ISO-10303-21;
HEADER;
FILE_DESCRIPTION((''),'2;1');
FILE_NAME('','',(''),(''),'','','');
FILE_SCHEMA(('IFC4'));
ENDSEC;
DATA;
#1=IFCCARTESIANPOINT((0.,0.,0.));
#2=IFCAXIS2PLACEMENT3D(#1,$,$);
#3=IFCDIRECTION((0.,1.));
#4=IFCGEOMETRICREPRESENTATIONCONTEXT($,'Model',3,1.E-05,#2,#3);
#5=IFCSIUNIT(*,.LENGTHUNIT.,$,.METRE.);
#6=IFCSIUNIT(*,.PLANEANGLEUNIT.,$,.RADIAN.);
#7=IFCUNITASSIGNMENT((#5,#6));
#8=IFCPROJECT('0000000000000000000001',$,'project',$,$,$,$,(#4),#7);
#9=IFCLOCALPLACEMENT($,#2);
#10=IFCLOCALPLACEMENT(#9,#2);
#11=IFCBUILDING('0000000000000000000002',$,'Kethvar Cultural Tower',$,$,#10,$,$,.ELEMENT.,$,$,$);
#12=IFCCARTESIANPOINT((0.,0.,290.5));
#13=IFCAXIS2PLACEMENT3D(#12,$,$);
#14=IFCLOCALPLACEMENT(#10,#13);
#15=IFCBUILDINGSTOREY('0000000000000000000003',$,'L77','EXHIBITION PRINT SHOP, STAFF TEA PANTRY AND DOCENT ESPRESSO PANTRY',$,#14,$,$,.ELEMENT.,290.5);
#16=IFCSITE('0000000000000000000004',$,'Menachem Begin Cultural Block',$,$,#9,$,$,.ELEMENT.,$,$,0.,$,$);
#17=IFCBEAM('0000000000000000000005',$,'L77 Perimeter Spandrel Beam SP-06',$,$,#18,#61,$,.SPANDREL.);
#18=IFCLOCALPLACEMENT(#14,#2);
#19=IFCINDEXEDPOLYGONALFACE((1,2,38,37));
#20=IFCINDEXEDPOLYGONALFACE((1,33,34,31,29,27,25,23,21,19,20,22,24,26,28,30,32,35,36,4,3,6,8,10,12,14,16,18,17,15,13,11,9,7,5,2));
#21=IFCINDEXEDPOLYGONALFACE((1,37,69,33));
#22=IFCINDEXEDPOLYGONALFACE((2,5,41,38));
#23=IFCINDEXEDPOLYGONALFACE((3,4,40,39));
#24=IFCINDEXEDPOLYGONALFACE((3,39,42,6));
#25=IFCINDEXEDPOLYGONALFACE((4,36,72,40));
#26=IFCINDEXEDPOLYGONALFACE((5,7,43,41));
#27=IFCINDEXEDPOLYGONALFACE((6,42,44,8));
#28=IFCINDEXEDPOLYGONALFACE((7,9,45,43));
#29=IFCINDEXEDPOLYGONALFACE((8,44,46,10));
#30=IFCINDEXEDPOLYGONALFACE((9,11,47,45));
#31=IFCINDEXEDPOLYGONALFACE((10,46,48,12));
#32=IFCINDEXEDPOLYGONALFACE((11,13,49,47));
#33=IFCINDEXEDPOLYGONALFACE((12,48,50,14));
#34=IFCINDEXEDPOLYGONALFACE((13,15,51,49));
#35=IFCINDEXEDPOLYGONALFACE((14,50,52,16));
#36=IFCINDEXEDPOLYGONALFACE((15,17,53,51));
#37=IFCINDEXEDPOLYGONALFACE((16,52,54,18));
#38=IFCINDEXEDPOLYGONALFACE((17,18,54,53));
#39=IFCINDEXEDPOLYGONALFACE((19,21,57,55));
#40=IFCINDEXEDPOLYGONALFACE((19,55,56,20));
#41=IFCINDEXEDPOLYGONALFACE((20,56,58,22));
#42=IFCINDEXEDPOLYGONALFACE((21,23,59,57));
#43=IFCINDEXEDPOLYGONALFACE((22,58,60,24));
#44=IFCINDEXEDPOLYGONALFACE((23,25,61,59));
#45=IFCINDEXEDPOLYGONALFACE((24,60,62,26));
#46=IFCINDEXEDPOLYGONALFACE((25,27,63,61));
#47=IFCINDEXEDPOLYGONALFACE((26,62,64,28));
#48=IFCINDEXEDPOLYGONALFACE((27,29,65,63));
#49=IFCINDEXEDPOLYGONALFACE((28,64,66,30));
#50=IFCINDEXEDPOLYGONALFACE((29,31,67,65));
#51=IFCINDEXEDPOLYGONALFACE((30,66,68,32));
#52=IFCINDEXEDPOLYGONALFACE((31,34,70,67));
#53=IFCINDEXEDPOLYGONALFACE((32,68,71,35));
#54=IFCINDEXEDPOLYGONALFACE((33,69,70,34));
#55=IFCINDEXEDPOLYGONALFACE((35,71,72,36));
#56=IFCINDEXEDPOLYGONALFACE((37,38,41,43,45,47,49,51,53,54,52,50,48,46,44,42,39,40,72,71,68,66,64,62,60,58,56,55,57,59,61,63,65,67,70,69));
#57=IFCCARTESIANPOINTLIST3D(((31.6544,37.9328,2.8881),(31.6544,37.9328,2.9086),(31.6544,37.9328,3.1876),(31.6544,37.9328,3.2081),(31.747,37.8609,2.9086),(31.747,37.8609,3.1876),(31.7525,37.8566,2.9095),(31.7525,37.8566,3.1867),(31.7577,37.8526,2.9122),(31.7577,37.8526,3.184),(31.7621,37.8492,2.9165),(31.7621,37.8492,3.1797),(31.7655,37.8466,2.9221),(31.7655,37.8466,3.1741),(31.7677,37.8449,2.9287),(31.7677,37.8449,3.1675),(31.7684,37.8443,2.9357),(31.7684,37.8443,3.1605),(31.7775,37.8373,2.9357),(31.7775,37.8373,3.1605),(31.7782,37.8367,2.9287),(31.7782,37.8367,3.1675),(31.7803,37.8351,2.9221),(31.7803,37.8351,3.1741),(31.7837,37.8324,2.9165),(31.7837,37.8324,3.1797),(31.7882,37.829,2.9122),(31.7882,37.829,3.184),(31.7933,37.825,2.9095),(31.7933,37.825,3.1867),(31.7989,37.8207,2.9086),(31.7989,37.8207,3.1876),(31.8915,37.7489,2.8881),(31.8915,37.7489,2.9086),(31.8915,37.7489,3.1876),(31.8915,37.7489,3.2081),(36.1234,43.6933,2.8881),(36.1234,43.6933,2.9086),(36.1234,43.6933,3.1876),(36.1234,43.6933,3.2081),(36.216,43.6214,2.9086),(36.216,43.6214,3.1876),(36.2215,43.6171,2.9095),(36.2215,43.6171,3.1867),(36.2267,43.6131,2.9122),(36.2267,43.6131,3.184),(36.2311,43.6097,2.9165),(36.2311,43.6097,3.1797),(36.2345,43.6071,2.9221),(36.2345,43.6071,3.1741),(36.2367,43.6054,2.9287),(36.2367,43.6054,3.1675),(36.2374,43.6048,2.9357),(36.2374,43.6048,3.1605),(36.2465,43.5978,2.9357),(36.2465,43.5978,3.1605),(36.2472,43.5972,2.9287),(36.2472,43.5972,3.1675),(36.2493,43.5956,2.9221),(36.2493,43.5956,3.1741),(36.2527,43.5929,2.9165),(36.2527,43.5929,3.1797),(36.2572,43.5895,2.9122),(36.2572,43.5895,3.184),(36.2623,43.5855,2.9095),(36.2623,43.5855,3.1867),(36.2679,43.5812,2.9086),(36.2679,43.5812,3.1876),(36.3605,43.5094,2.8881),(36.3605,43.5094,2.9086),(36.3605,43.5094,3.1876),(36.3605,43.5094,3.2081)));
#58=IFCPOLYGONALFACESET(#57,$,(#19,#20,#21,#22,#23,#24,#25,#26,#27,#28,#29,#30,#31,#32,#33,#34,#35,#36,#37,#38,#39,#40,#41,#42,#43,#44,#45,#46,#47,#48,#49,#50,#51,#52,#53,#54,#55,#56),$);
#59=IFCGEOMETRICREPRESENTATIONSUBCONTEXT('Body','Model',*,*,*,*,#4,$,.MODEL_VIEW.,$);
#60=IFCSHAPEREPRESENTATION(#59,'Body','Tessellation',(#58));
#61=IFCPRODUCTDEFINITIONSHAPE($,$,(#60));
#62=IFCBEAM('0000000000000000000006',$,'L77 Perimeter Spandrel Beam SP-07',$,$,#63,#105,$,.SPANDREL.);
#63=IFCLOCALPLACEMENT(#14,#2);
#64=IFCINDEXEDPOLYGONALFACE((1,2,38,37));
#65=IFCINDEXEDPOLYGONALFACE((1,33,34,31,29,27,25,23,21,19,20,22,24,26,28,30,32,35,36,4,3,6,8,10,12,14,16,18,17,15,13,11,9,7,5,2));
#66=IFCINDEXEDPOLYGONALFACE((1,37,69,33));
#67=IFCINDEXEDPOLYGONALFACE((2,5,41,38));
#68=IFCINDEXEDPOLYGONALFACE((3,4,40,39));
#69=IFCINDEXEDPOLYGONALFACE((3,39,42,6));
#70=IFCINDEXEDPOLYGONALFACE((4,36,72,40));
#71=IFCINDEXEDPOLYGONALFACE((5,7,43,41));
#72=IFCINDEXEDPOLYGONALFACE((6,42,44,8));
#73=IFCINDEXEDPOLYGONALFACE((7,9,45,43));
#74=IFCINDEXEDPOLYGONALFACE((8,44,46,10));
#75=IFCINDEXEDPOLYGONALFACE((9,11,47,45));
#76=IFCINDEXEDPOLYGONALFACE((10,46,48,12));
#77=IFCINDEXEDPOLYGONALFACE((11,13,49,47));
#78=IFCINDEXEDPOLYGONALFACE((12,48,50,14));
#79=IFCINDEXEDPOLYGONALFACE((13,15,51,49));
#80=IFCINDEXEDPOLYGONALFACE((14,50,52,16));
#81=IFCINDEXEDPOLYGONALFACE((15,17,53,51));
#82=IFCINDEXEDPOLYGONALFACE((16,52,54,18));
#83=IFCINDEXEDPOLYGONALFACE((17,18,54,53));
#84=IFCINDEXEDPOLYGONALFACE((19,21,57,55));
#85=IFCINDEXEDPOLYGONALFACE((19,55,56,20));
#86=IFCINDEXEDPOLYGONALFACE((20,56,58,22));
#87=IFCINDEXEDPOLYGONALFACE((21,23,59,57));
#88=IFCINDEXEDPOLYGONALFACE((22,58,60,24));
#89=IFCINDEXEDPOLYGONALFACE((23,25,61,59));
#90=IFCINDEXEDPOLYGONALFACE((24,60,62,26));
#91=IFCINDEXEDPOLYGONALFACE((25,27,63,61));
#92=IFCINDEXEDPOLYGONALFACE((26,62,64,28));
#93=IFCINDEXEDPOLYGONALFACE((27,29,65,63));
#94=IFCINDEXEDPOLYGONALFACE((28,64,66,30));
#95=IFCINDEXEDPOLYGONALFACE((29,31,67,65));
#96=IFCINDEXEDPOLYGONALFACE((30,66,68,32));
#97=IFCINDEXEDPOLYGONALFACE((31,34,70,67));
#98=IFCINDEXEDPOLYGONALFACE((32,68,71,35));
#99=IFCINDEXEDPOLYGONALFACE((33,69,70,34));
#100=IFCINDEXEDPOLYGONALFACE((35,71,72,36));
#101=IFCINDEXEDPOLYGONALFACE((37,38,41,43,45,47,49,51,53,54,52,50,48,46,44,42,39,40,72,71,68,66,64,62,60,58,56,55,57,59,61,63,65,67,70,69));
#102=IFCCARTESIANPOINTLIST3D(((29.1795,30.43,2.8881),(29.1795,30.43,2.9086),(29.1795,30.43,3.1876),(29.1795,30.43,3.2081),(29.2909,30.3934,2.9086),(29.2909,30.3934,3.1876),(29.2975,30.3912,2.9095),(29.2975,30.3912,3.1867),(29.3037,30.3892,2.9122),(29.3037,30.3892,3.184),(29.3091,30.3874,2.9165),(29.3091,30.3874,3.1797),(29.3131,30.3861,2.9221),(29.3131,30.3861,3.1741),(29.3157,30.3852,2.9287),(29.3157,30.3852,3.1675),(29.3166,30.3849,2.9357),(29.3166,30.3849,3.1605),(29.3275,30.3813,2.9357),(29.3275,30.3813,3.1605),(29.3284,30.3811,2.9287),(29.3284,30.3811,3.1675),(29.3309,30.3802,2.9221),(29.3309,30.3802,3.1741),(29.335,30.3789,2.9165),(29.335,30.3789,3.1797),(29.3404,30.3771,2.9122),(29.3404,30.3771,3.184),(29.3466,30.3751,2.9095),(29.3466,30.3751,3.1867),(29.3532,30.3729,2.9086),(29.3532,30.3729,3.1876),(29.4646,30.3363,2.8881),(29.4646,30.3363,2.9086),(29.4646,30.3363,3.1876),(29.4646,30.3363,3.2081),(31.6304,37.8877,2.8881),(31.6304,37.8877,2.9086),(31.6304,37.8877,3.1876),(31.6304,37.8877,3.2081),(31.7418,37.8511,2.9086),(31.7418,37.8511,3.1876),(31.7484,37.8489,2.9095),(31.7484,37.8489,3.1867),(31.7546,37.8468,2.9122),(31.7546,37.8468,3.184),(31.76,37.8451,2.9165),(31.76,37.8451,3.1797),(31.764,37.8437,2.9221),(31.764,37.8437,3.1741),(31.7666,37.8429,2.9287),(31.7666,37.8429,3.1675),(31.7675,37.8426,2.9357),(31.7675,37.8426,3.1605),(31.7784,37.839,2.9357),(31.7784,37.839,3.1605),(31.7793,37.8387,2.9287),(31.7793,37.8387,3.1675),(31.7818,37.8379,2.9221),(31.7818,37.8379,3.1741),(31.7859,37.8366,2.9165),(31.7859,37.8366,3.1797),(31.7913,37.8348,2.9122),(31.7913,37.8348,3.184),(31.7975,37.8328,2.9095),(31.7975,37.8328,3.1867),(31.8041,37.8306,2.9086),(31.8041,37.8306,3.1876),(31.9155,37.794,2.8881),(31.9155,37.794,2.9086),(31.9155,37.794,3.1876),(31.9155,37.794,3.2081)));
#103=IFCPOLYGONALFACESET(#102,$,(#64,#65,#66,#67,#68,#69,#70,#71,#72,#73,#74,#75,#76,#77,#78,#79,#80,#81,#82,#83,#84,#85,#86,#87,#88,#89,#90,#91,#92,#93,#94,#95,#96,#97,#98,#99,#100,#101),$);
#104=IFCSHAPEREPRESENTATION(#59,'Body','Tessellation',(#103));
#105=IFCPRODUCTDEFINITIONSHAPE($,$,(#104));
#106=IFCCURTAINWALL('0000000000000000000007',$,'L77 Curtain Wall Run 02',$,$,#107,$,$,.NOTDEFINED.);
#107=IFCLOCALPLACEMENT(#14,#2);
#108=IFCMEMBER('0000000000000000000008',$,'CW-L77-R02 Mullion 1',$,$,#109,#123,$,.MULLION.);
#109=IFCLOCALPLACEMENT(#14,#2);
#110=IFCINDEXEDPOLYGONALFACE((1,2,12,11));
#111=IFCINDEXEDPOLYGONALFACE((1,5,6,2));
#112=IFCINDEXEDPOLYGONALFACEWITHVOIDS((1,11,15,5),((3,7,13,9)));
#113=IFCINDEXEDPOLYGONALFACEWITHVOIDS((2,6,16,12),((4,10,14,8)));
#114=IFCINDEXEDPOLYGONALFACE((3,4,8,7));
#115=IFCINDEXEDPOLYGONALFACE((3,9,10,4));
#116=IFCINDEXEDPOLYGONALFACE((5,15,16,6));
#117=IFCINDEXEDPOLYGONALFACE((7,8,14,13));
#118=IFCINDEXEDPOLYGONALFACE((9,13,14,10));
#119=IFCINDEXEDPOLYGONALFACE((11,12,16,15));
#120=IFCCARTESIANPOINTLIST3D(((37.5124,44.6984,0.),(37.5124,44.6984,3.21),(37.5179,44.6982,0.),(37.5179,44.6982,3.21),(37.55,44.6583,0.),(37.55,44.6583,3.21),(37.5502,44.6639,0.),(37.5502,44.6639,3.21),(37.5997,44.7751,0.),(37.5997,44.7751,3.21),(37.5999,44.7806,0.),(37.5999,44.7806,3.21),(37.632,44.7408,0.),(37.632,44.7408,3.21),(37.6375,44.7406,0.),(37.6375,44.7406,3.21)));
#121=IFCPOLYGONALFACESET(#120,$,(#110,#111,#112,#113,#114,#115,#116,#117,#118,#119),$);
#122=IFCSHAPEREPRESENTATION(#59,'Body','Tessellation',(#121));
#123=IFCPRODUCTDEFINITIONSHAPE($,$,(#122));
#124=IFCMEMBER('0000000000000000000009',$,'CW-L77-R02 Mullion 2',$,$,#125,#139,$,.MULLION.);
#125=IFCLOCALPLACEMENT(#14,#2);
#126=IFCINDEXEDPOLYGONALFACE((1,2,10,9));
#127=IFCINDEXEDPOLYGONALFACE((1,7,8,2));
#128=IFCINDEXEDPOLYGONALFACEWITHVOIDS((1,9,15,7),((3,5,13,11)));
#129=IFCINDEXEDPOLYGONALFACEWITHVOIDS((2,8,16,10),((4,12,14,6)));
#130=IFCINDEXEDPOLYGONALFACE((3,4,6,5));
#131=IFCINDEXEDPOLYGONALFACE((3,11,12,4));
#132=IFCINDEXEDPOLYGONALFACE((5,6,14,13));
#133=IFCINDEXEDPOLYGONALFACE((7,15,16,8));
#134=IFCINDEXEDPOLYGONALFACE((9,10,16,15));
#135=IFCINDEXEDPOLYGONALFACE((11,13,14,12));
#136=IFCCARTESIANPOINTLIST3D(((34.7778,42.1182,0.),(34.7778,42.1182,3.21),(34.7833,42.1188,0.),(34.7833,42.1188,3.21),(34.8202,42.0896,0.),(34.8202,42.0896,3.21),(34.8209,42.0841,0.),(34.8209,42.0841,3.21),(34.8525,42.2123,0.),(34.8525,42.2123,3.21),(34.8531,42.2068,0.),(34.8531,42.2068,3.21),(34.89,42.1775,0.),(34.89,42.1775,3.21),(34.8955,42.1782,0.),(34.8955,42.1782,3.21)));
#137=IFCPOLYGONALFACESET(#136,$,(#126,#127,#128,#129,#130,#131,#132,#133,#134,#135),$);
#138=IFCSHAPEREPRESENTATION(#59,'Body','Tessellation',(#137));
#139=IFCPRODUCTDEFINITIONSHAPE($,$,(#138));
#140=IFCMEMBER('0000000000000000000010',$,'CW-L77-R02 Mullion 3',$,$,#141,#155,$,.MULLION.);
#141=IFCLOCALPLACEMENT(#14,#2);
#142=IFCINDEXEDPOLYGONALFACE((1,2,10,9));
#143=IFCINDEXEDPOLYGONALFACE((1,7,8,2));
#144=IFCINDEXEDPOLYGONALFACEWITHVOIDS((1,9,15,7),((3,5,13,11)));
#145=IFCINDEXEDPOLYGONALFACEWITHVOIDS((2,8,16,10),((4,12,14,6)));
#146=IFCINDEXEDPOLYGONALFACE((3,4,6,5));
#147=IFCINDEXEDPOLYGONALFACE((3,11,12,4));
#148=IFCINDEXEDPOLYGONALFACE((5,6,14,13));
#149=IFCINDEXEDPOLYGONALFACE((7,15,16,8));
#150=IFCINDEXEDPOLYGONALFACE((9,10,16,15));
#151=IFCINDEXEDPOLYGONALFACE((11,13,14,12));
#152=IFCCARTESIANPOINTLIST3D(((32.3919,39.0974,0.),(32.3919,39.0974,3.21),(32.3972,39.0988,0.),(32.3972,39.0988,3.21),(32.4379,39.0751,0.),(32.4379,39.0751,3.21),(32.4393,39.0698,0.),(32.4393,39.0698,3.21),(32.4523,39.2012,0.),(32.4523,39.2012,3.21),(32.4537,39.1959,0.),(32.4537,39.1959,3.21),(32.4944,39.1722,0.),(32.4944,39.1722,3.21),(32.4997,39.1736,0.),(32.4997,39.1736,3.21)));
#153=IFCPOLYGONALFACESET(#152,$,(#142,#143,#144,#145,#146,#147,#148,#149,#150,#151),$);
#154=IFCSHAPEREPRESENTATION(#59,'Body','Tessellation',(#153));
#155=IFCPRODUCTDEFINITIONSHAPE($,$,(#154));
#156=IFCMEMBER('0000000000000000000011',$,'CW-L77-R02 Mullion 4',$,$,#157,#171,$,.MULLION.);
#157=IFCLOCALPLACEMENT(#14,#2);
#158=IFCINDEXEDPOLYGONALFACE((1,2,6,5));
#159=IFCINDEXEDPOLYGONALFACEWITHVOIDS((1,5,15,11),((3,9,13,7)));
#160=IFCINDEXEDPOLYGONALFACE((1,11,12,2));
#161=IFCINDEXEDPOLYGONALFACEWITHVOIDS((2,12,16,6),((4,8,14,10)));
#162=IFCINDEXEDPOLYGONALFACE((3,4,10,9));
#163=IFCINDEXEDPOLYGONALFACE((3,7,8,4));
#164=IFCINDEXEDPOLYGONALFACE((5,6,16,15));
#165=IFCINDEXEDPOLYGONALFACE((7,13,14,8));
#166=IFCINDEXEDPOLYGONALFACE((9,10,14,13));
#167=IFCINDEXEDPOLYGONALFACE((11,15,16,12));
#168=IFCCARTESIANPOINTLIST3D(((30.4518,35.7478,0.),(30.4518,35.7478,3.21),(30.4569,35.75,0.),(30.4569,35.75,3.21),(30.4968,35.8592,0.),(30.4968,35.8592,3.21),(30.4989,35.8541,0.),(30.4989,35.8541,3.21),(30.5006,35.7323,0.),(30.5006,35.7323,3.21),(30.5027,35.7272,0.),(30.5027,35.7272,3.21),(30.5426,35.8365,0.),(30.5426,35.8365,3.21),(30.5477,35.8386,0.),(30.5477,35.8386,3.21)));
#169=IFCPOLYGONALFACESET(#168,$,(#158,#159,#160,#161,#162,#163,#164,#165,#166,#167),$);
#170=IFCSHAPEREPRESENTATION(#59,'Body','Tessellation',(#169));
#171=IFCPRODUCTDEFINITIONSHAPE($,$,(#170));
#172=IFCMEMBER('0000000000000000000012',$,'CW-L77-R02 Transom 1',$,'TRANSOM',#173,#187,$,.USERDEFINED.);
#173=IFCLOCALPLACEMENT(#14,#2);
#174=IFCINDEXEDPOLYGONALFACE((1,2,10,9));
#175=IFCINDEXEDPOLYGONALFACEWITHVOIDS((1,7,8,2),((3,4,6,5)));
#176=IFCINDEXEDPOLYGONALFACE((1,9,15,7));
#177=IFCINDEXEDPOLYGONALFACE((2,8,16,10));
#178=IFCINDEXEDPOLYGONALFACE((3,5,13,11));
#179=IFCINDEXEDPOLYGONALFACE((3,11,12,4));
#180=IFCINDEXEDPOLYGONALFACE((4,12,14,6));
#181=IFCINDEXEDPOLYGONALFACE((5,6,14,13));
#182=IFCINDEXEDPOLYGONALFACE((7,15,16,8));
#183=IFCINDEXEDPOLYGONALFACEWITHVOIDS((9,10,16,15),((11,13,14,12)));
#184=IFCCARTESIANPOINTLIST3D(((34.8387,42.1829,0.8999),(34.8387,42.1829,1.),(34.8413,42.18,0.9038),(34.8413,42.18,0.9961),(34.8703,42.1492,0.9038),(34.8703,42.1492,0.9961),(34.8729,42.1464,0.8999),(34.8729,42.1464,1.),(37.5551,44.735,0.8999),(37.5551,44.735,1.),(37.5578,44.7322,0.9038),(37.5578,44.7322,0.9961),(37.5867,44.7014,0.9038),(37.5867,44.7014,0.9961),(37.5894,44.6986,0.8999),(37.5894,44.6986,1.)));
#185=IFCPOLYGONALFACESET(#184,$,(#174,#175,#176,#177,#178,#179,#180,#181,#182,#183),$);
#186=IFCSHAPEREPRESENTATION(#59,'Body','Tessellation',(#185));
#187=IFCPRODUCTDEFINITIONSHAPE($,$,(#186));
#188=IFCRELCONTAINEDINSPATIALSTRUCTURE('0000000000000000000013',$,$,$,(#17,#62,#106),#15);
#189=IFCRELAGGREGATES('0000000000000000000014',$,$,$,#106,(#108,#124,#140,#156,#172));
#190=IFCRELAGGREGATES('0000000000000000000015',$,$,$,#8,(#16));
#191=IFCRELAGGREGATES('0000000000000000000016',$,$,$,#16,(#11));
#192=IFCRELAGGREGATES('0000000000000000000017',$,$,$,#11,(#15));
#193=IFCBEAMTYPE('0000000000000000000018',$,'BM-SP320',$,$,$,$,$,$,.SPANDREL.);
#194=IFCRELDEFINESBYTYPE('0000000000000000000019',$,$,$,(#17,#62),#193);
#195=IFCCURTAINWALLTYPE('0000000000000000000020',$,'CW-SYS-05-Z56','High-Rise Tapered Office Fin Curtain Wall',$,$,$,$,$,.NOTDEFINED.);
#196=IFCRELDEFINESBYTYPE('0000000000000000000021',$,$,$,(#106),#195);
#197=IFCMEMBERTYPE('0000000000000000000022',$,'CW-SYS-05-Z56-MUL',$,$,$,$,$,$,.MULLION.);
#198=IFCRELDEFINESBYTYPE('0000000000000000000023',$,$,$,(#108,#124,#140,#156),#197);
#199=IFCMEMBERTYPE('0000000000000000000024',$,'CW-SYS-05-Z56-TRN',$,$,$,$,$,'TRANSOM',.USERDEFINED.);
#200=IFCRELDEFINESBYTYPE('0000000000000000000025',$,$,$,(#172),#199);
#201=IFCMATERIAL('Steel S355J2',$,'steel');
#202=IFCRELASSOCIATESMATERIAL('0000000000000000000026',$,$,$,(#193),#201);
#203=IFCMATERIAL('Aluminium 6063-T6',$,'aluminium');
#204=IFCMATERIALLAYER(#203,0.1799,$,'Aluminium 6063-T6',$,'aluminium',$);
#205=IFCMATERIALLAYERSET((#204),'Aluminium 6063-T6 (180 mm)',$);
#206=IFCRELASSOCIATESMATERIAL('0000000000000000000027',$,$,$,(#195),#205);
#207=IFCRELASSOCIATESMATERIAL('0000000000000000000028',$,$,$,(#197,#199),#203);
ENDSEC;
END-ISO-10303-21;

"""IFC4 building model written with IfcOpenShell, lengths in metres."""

from ifc_helpers import new_model, si_unit, direction, frame, origin, origin_2d, place, context, subcontext, project, spatial, hollow_rectangle, i_section, extrude, source, transform, mapped, material, layer, layer_set, material_profile, profile_set, type_object, element, aggregate, save


model = new_model("IFC4")

# Units and contexts
model_context = context("Model", 3, precision=1e-05, world=origin(), true_north=direction((0.0, 1.0)))
body_context = subcontext(model_context, "Body", "Model", "MODEL_VIEW")
ifc_project = project(units=[si_unit("LENGTHUNIT", "METRE"), si_unit("PLANEANGLEUNIT", "RADIAN")], contexts=[model_context])

# Site, building, storey
site_placement = place(None, origin())
site = spatial("IfcSite", under=ifc_project, at=site_placement, Name="Menachem Begin Cultural Block", CompositionType="ELEMENT", RefElevation=0.0)
building_placement = place(site_placement, origin())
building = spatial("IfcBuilding", under=site, at=building_placement, Name="Kethvar Cultural Tower", CompositionType="ELEMENT")
storey_placement = place(building_placement, frame((0.0, 0.0, 290.5)))
storey = spatial("IfcBuildingStorey", under=building, at=storey_placement, Name="L77", Description="EXHIBITION PRINT SHOP, STAFF TEA PANTRY AND DOCENT ESPRESSO PANTRY", CompositionType="ELEMENT", Elevation=290.5)

# Shared definitions
ifc_material_1 = material(Name="Steel S355J2", Category="steel")

# Beams
ifc_material_profile_1 = material_profile(ifc_material_1, i_section(OverallWidth=0.3, OverallDepth=0.3201, WebThickness=0.0115, FlangeThickness=0.0205, FilletRadius=0.0271, at=origin_2d()), Name="Steel S355J2 — HEB320")
ifc_profile_set_1 = profile_set([ifc_material_profile_1], Name="Steel S355J2 — HEB320")
beam_type_1 = type_object("IfcBeamType", Name="BM-SP320", PredefinedType="SPANDREL", material=ifc_profile_set_1)
shared_shape_1 = source(origin(), body_context, "Body", "SweptSolid", [
    extrude(i_section(OverallWidth=0.3, OverallDepth=0.3201, WebThickness=0.0115, FlangeThickness=0.0205, FilletRadius=0.0271, at=origin_2d()), origin(), (0.0, 0.0, 1.0), 7.2908),
])
beam_1_placement = place(storey_placement, frame((36.2419, 43.6013, 3.0481), z_axis=(-0.612966, -0.790109, 0.0), x_axis=(0.790109, -0.612966, 0.0)))
element("IfcBeam", 1, at=beam_1_placement, inside=storey, type_object=beam_type_1, Name="L77 Perimeter Spandrel Beam SP-06", PredefinedType="SPANDREL", context=body_context, shape_type="MappedRepresentation", body=[
    mapped(shared_shape_1, transform((0.0, 0.0, 0.0), scale=1.0)),
])
shared_shape_2 = source(origin(), body_context, "Body", "SweptSolid", [
    extrude(i_section(OverallWidth=0.3, OverallDepth=0.3201, WebThickness=0.0115, FlangeThickness=0.0205, FilletRadius=0.0271, at=origin_2d()), origin(), (0.0, 0.0, 1.0), 7.8501),
])
beam_2_placement = place(storey_placement, frame((31.7729, 37.8408, 3.0481), z_axis=(-0.312213, -0.950012, 0.0), x_axis=(0.950012, -0.312213, 0.0)))
element("IfcBeam", 2, at=beam_2_placement, inside=storey, type_object=beam_type_1, Name="L77 Perimeter Spandrel Beam SP-07", PredefinedType="SPANDREL", context=body_context, shape_type="MappedRepresentation", body=[
    mapped(shared_shape_2, transform((0.0, 0.0, 0.0), scale=1.0)),
])

# Curtain wall, members
ifc_material_2 = material(Name="Aluminium 6063-T6", Category="aluminium")
ifc_layer_1 = layer(ifc_material_2, 0.1799, Name="Aluminium 6063-T6", Category="aluminium")
ifc_layer_set_1 = layer_set([ifc_layer_1], Name="Aluminium 6063-T6 (180 mm)")
curtain_wall_type = type_object("IfcCurtainWallType", Name="CW-SYS-05-Z56", Description="High-Rise Tapered Office Fin Curtain Wall", PredefinedType="NOTDEFINED", material=ifc_layer_set_1)
curtain_wall_placement = place(storey_placement, origin())
curtain_wall = element("IfcCurtainWall", 3, at=curtain_wall_placement, inside=storey, type_object=curtain_wall_type, Name="L77 Curtain Wall Run 02", PredefinedType="NOTDEFINED")
ifc_material_profile_2 = material_profile(ifc_material_2, hollow_rectangle(XDim=0.0549, YDim=0.1201, WallThickness=0.0039, at=origin_2d()), Name="Aluminium 6063-T6 — RHS120x55x4")
ifc_profile_set_2 = profile_set([ifc_material_profile_2], Name="Aluminium 6063-T6 — RHS120x55x4")
member_type_1 = type_object("IfcMemberType", Name="CW-SYS-05-Z56-MUL", PredefinedType="MULLION", material=ifc_profile_set_2)
shared_shape_3 = source(origin(), body_context, "Body", "SweptSolid", [
    extrude(hollow_rectangle(XDim=0.0549, YDim=0.1201, WallThickness=0.0039, at=origin_2d()), origin(), (0.0, 0.0, 1.0), 3.21),
])
member_1_placement = place(storey_placement, frame((37.575, 44.7195, 0.0), z_axis=(0.0, 0.0, 1.0), x_axis=(0.684712, -0.728813, 0.0)))
member_1 = element("IfcMember", 4, at=member_1_placement, type_object=member_type_1, Name="CW-L77-R02 Mullion 1", PredefinedType="MULLION", context=body_context, shape_type="MappedRepresentation", body=[
    mapped(shared_shape_3, transform((0.0, 0.0, 0.0), scale=1.0)),
])
member_2_placement = place(storey_placement, frame((34.8367, 42.1482, 0.0), z_axis=(0.0, 0.0, 1.0), x_axis=(0.783509, -0.62138, 0.0)))
member_2 = element("IfcMember", 5, at=member_2_placement, type_object=member_type_1, Name="CW-L77-R02 Mullion 2", PredefinedType="MULLION", context=body_context, shape_type="MappedRepresentation", body=[
    mapped(shared_shape_3, transform((0.0, 0.0, 0.0), scale=1.0)),
])
member_3_placement = place(storey_placement, frame((32.4458, 39.1355, 0.0), z_axis=(0.0, 0.0, 1.0), x_axis=(0.864301, -0.502975, 0.0)))
member_3 = element("IfcMember", 6, at=member_3_placement, type_object=member_type_1, Name="CW-L77-R02 Mullion 3", PredefinedType="MULLION", context=body_context, shape_type="MappedRepresentation", body=[
    mapped(shared_shape_3, transform((0.0, 0.0, 0.0), scale=1.0)),
])
member_4_placement = place(storey_placement, frame((30.4998, 35.7932, 0.0), z_axis=(0.0, 0.0, 1.0), x_axis=(0.927197, -0.374574, 0.0)))
member_4 = element("IfcMember", 7, at=member_4_placement, type_object=member_type_1, Name="CW-L77-R02 Mullion 4", PredefinedType="MULLION", context=body_context, shape_type="MappedRepresentation", body=[
    mapped(shared_shape_3, transform((0.0, 0.0, 0.0), scale=1.0)),
])
ifc_material_profile_3 = material_profile(ifc_material_2, hollow_rectangle(XDim=0.05, YDim=0.1001, WallThickness=0.0039, at=origin_2d()), Name="Aluminium 6063-T6 — RHS100x50x4")
ifc_profile_set_3 = profile_set([ifc_material_profile_3], Name="Aluminium 6063-T6 — RHS100x50x4")
member_type_2 = type_object("IfcMemberType", Name="CW-SYS-05-Z56-TRN", ElementType="TRANSOM", PredefinedType="USERDEFINED", material=ifc_profile_set_3)
shared_shape_4 = source(origin(), body_context, "Body", "SweptSolid", [
    extrude(hollow_rectangle(XDim=0.05, YDim=0.1001, WallThickness=0.0039, at=origin_2d()), origin(), (0.0, 0.0, 1.0), 3.7273),
])
member_5_placement = place(storey_placement, frame((37.5723, 44.7168, 0.95), z_axis=(-0.728803, -0.684723, 0.0), x_axis=(0.684723, -0.728803, 0.0)))
member_5 = element("IfcMember", 8, at=member_5_placement, type_object=member_type_2, Name="CW-L77-R02 Transom 1", ObjectType="TRANSOM", PredefinedType="USERDEFINED", context=body_context, shape_type="MappedRepresentation", body=[
    mapped(shared_shape_4, transform((0.0, 0.0, 0.0), scale=1.0)),
])
aggregate(curtain_wall, [member_1, member_2, member_3, member_4, member_5])

save(model, "model.ifc")
